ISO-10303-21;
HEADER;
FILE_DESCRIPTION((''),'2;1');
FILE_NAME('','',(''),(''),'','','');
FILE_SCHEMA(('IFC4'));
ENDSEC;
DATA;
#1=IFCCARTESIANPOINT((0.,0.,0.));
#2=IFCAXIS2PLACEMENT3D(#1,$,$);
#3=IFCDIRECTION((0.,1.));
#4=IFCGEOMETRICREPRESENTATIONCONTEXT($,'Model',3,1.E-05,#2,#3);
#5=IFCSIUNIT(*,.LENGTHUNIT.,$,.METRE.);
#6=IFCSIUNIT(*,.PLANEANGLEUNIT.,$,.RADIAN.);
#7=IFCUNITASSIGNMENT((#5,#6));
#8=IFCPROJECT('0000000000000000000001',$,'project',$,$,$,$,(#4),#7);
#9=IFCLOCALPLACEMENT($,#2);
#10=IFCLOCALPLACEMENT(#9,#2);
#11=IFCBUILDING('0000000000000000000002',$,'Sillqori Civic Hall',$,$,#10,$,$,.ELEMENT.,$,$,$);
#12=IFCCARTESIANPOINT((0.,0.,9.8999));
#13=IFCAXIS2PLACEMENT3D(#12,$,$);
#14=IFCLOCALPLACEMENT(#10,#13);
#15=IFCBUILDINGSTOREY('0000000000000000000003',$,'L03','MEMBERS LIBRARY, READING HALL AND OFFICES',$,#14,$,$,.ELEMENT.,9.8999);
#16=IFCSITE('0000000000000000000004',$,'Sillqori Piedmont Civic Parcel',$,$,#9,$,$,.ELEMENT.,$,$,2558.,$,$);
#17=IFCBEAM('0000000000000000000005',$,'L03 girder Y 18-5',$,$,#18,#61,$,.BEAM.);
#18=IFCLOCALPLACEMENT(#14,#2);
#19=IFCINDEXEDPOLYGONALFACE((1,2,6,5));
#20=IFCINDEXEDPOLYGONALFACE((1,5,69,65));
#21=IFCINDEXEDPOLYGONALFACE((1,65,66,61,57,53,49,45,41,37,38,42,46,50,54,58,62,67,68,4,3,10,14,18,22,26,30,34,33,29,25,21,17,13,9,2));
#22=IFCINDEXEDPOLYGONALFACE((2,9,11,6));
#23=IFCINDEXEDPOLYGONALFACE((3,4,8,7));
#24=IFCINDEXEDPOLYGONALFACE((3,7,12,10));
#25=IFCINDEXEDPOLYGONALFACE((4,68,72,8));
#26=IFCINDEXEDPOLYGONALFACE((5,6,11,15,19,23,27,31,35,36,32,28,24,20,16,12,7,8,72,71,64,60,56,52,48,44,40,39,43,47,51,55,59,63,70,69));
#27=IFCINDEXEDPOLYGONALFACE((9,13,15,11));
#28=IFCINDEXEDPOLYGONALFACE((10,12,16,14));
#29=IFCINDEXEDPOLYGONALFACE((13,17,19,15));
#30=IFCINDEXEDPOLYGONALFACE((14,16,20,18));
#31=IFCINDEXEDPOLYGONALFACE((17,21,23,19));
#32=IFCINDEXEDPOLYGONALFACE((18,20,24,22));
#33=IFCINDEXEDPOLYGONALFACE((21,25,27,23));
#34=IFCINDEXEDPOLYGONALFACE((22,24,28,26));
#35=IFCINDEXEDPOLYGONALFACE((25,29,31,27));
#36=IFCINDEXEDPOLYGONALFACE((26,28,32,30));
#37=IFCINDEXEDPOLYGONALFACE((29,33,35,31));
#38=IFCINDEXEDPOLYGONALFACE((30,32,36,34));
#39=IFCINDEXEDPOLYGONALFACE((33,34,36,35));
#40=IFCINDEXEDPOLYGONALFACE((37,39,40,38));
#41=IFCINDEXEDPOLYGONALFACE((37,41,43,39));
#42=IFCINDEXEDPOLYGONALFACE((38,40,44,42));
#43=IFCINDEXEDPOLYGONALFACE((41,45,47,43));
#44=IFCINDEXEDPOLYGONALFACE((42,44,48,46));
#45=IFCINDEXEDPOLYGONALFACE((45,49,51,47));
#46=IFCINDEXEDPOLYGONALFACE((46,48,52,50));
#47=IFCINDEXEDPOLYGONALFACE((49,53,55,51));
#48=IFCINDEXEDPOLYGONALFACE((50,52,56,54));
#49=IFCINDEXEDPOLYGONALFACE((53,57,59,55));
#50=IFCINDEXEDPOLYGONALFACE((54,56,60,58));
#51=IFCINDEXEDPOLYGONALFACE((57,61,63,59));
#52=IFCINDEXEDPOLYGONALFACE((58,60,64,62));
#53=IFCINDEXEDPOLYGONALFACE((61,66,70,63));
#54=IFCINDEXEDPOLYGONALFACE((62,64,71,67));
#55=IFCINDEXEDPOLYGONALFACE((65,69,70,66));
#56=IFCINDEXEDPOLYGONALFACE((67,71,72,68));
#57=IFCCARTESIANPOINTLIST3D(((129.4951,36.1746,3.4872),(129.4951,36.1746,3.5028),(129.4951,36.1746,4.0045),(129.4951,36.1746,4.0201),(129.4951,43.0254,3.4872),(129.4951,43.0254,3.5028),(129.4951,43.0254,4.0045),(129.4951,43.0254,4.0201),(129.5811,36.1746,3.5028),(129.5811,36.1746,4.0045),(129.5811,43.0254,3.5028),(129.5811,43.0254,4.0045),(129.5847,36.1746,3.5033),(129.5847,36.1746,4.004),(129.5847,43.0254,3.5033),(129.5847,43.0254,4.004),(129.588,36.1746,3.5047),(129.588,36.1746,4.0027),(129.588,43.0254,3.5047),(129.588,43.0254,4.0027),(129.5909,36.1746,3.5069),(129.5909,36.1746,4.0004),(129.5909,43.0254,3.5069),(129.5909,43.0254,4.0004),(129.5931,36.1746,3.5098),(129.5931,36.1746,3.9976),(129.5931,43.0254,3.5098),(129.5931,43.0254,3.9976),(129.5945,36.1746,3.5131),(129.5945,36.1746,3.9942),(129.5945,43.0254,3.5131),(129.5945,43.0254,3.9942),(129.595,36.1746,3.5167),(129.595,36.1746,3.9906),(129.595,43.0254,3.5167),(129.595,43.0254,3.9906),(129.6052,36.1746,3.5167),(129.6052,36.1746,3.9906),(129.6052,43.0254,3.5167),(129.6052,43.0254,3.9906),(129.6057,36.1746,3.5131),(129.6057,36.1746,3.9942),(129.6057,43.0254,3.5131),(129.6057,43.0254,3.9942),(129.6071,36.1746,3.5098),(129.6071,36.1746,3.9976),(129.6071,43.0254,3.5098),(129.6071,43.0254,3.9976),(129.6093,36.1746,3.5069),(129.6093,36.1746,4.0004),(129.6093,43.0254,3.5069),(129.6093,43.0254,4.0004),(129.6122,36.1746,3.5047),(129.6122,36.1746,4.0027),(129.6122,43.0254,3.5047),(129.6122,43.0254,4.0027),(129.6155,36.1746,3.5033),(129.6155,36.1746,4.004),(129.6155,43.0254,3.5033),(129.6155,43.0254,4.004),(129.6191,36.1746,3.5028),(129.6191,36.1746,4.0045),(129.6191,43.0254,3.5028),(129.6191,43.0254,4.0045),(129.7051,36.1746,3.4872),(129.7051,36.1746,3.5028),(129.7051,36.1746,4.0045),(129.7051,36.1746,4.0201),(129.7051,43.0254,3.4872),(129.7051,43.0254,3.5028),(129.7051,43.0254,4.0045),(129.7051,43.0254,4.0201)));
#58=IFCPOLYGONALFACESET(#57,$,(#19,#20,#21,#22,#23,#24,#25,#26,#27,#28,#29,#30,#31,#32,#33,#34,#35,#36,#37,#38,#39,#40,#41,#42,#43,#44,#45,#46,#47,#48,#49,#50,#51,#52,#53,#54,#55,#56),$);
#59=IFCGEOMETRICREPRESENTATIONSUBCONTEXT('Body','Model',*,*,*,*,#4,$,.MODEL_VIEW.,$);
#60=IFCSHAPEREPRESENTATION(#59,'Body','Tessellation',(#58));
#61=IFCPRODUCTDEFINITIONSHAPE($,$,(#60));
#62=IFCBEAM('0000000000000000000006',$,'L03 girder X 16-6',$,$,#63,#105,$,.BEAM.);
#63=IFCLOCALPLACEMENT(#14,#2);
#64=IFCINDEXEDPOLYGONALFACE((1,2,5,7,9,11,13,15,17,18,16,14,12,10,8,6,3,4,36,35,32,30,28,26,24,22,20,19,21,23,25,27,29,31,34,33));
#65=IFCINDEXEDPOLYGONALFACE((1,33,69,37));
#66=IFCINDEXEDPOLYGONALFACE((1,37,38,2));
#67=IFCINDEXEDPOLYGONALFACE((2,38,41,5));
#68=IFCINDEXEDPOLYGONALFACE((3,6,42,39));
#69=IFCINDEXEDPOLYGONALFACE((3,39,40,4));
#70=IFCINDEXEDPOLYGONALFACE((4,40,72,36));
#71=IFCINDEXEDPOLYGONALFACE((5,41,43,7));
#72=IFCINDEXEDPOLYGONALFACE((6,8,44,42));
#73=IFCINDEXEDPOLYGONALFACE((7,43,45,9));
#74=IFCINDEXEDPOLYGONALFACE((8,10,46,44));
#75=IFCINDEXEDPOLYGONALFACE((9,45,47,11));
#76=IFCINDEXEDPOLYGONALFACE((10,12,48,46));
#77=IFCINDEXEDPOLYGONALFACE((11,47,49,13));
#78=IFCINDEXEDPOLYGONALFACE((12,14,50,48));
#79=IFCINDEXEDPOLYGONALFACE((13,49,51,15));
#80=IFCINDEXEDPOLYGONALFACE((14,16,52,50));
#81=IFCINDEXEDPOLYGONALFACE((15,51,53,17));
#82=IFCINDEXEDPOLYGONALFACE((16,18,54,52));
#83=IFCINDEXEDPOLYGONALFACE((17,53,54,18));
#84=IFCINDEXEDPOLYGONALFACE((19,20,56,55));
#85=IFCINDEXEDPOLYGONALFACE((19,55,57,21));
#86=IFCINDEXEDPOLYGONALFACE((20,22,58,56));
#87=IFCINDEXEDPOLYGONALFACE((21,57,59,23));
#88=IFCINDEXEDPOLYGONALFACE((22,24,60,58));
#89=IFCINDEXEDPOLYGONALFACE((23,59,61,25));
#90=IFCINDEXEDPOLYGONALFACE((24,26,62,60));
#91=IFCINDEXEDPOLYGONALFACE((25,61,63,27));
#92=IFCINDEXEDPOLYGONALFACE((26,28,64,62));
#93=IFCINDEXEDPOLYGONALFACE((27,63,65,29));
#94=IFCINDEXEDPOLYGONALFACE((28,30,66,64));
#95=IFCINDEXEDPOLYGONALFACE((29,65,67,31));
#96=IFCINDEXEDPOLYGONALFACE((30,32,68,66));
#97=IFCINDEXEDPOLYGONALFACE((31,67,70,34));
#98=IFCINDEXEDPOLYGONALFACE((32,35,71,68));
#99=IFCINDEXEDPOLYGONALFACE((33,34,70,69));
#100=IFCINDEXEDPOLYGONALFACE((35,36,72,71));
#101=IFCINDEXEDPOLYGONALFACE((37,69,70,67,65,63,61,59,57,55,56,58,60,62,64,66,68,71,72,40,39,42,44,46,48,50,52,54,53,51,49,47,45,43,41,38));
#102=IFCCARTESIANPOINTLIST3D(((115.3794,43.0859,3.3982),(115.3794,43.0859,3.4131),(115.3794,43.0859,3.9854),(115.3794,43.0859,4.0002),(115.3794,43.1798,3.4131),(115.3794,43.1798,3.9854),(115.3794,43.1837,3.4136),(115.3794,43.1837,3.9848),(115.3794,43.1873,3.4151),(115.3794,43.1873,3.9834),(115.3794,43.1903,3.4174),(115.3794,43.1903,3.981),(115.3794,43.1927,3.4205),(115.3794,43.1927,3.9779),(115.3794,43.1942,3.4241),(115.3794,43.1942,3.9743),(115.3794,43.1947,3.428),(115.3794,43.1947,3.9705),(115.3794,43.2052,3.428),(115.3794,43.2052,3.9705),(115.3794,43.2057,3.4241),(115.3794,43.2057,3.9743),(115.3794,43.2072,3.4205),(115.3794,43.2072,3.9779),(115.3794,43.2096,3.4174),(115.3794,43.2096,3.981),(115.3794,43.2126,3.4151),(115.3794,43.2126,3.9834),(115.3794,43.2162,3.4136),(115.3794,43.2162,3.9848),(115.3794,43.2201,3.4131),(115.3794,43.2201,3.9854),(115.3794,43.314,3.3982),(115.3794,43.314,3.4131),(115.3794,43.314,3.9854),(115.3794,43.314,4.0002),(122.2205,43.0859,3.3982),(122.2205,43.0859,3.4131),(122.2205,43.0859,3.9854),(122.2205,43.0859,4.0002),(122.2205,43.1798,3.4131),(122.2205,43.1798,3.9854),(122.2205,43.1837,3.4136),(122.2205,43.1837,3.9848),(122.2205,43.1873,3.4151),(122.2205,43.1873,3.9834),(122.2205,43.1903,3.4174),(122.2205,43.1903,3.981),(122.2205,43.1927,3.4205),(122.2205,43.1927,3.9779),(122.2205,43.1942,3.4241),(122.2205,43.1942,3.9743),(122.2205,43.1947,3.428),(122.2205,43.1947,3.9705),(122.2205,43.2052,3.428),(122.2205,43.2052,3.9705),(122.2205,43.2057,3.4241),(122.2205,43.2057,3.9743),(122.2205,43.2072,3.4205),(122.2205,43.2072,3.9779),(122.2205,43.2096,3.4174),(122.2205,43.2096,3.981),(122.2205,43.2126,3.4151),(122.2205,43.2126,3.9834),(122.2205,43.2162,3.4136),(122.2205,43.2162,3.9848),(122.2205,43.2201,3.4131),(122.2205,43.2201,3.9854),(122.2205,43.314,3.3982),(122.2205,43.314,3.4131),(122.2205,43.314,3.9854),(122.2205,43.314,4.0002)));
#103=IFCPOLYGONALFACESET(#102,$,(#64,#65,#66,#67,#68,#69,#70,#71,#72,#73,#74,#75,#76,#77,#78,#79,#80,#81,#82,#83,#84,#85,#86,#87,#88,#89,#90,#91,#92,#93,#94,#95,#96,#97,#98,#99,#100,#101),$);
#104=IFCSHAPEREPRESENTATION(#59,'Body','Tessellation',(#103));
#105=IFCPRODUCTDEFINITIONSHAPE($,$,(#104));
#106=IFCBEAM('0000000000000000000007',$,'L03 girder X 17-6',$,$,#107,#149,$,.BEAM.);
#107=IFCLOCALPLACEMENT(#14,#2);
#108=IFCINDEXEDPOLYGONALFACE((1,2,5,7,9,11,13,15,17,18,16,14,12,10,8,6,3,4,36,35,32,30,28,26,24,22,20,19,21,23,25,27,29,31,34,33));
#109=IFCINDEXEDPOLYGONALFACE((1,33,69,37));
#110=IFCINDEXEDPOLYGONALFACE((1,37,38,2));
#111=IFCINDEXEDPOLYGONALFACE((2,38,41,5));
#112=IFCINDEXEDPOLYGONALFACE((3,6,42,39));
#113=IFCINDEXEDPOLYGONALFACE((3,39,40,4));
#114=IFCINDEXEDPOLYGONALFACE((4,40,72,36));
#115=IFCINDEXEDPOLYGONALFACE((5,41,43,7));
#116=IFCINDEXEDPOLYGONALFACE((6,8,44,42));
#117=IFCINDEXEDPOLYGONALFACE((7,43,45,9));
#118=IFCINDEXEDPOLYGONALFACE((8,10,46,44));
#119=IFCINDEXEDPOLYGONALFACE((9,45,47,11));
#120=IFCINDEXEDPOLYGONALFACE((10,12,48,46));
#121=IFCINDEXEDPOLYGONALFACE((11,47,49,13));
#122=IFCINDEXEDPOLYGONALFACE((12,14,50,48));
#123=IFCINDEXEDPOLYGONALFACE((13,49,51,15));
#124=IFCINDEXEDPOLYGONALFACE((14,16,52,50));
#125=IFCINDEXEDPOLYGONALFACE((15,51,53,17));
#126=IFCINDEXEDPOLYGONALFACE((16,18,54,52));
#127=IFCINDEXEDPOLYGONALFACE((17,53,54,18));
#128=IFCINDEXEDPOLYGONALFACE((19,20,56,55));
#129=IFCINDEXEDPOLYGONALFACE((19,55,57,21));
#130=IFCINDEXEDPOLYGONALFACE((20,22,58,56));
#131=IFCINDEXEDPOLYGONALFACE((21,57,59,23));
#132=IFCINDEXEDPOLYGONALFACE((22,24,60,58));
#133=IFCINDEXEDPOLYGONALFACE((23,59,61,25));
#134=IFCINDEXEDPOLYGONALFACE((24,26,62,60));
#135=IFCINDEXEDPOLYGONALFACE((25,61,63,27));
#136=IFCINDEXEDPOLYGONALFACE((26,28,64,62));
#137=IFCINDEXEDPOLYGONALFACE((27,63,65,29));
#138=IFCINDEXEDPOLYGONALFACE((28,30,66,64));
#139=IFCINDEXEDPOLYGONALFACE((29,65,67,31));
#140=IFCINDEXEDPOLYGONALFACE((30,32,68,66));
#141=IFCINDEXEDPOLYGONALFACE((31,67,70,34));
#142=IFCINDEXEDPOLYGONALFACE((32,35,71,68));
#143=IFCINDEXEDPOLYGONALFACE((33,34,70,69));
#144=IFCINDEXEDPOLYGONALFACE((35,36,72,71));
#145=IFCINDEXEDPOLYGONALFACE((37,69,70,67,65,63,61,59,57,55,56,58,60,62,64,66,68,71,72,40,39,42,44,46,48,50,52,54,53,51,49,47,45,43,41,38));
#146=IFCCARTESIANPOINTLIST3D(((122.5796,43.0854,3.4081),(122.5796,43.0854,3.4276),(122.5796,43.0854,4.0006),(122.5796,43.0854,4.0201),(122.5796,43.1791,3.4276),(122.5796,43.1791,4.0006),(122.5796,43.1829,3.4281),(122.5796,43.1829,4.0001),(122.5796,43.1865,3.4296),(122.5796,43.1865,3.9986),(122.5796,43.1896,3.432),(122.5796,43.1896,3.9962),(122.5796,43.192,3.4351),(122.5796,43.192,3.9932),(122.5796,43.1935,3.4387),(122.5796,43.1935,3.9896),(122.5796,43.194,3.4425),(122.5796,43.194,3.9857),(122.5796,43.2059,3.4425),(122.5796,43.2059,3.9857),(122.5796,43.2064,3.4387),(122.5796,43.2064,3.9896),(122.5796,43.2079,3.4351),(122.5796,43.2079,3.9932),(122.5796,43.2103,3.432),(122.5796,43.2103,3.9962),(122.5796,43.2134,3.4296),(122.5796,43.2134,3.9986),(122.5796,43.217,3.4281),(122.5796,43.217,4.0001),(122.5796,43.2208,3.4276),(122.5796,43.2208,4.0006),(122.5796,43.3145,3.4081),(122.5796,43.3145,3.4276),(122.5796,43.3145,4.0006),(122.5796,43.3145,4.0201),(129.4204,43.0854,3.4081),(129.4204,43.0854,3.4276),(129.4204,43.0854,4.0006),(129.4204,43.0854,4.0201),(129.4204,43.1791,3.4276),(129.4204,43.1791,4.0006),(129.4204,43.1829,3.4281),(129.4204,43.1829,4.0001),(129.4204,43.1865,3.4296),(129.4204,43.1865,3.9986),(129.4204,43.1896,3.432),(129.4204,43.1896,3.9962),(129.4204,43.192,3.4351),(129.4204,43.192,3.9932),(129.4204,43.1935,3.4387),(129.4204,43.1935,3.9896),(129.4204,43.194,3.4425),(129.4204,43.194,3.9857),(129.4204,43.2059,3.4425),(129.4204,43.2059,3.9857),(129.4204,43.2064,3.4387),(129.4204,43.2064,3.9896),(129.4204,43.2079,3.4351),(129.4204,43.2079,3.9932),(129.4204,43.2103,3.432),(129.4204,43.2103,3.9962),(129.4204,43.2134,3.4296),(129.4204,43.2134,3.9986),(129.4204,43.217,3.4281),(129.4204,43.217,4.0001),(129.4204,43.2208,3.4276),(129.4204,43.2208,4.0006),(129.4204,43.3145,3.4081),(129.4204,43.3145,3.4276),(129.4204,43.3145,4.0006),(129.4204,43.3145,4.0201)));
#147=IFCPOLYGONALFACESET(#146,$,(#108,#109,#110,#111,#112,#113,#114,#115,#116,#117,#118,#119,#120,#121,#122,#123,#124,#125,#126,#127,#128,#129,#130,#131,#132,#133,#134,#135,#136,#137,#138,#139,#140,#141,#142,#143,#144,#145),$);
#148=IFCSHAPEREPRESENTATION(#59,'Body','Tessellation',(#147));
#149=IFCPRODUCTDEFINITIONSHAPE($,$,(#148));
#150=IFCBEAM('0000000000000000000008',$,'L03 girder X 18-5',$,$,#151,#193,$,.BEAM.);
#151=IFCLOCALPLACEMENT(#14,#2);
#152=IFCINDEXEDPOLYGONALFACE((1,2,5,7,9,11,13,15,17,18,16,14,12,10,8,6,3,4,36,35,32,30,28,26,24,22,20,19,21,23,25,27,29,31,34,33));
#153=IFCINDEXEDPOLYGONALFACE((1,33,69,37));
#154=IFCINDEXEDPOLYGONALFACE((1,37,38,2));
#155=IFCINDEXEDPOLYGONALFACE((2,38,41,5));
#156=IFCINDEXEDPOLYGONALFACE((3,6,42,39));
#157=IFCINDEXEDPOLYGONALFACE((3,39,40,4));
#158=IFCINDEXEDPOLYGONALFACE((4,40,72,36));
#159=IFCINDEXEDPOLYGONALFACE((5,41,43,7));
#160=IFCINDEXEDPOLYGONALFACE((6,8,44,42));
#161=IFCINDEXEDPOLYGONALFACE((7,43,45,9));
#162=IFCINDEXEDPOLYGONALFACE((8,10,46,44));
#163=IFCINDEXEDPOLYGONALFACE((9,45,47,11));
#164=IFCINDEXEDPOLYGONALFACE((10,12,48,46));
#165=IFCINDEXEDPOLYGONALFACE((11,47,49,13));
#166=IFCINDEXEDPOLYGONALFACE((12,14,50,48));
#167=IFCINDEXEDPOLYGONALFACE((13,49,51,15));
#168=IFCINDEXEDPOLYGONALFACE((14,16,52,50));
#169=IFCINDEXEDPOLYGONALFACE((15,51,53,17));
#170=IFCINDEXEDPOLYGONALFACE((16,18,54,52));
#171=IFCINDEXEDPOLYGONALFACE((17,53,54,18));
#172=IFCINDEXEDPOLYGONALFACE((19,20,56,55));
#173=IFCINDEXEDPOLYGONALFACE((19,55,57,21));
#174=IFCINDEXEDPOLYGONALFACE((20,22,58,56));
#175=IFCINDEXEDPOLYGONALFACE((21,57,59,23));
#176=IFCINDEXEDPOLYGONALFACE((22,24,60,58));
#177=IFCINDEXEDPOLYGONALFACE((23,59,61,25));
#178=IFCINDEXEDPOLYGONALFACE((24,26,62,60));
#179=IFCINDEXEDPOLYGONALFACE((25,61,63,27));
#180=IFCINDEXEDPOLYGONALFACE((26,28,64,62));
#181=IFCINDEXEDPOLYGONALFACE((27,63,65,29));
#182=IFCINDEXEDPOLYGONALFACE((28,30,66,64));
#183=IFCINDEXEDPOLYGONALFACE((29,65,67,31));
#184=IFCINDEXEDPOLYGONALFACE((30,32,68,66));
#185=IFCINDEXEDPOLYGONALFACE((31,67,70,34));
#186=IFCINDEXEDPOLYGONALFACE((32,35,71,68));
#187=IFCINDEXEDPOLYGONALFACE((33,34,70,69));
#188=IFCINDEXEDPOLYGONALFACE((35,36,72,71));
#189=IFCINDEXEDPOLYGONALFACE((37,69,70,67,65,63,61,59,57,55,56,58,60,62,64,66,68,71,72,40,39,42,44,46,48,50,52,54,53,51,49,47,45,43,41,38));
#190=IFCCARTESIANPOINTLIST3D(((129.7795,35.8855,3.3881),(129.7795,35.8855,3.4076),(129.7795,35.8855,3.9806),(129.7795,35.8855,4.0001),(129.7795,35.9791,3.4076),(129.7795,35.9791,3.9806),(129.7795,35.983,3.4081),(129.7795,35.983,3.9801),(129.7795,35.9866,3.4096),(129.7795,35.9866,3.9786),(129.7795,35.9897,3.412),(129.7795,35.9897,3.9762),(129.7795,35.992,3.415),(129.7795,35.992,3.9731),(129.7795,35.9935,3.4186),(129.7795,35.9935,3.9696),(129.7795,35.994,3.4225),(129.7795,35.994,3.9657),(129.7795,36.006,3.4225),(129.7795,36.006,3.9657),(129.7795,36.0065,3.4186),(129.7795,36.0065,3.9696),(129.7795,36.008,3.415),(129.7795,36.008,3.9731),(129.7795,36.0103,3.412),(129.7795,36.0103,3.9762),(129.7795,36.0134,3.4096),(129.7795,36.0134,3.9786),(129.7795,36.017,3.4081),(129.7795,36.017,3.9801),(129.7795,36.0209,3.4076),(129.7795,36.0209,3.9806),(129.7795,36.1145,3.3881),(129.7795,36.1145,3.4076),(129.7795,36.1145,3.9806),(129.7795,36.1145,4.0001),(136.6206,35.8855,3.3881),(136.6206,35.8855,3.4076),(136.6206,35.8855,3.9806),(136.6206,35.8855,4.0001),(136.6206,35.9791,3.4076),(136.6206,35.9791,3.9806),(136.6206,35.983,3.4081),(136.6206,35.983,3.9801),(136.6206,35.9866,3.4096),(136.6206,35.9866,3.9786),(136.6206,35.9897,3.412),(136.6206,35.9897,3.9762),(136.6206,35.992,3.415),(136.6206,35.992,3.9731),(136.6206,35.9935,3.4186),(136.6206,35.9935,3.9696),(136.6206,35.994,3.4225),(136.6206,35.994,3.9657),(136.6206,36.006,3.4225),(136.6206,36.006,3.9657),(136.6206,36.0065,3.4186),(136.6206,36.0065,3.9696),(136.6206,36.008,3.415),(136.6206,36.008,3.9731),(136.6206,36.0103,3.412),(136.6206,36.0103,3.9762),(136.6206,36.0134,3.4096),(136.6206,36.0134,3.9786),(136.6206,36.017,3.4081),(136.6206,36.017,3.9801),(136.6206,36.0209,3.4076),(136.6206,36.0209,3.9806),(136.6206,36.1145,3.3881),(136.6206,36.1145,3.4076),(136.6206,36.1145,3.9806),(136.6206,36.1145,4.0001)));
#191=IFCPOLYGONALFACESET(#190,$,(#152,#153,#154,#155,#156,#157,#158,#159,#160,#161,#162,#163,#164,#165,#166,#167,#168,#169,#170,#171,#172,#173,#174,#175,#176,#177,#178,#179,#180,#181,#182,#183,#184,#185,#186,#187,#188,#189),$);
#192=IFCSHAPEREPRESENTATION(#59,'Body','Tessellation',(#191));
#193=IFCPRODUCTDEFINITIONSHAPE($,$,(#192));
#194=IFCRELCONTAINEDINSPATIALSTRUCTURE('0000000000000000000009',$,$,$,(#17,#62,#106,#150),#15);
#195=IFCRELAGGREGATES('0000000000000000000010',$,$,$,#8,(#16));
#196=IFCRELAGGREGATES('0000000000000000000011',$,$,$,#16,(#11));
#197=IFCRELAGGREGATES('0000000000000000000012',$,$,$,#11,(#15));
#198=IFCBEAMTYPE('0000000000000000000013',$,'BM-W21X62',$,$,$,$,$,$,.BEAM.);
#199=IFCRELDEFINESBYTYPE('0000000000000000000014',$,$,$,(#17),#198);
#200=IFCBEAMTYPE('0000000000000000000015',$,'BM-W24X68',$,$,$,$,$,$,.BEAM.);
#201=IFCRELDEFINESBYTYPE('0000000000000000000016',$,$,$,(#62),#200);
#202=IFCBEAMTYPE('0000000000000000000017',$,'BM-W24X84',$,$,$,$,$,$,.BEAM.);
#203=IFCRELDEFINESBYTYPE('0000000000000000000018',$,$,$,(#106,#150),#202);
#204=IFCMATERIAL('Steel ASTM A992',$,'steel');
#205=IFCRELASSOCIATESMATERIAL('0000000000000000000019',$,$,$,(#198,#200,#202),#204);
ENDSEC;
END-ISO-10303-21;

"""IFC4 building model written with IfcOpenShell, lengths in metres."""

from ifc_helpers import new_model, si_unit, direction, frame, origin, origin_2d, place, context, subcontext, project, spatial, i_section, extrude, material, material_profile, profile_set, type_object, element, save


model = new_model("IFC4")

# Units and contexts
model_context = context("Model", 3, precision=1e-05, world=origin(), true_north=direction((0.0, 1.0)))
body_context = subcontext(model_context, "Body", "Model", "MODEL_VIEW")
ifc_project = project(units=[si_unit("LENGTHUNIT", "METRE"), si_unit("PLANEANGLEUNIT", "RADIAN")], contexts=[model_context])

# Site, building, storey
site_placement = place(None, origin())
site = spatial("IfcSite", under=ifc_project, at=site_placement, Name="Sillqori Piedmont Civic Parcel", CompositionType="ELEMENT", RefElevation=2558.0)
building_placement = place(site_placement, origin())
building = spatial("IfcBuilding", under=site, at=building_placement, Name="Sillqori Civic Hall", CompositionType="ELEMENT")
storey_placement = place(building_placement, frame((0.0, 0.0, 9.8999)))
storey = spatial("IfcBuildingStorey", under=building, at=storey_placement, Name="L03", Description="MEMBERS LIBRARY, READING HALL AND OFFICES", CompositionType="ELEMENT", Elevation=9.8999)

# Shared definitions
ifc_material_1 = material(Name="Steel ASTM A992", Category="steel")

# Beams
ifc_material_profile_1 = material_profile(ifc_material_1, i_section(OverallWidth=0.21, OverallDepth=0.533, WebThickness=0.0103, FlangeThickness=0.0156, FilletRadius=0.0139, at=origin_2d()), Name="W21X62")
ifc_profile_set_1 = profile_set([ifc_material_profile_1], Name="Steel ASTM A992")
beam_type_1 = type_object("IfcBeamType", Name="BM-W21X62", PredefinedType="BEAM", material=ifc_profile_set_1)
for number, where, z_axis, x_axis, name in (
    (1, (129.6001, 36.1746, 3.7537), (0.0, 1.0, 0.0), (-1.0, 0.0, 0.0), "L03 girder Y 18-5"),
):
    element("IfcBeam", number, at=place(storey_placement, frame(where, z_axis=z_axis, x_axis=x_axis)), inside=storey, type_object=beam_type_1, Name=name, PredefinedType="BEAM", context=body_context, shape_type="SweptSolid", body=[
        extrude(i_section(OverallWidth=0.21, OverallDepth=0.533, WebThickness=0.0103, FlangeThickness=0.0156, FilletRadius=0.0139, at=origin_2d()), origin(), (0.0, 0.0, 1.0), 6.8508),
    ])
ifc_material_profile_2 = material_profile(ifc_material_1, i_section(OverallWidth=0.228, OverallDepth=0.6021, WebThickness=0.0105, FlangeThickness=0.0149, FilletRadius=0.0149, at=origin_2d()), Name="W24X68")
ifc_profile_set_2 = profile_set([ifc_material_profile_2], Name="Steel ASTM A992")
beam_type_2 = type_object("IfcBeamType", Name="BM-W24X68", PredefinedType="BEAM", material=ifc_profile_set_2)
beam_1_placement = place(storey_placement, frame((115.3794, 43.2, 3.6992), z_axis=(1.0, 0.0, 0.0), x_axis=(0.0, 1.0, 0.0)))
element("IfcBeam", 2, at=beam_1_placement, inside=storey, type_object=beam_type_2, Name="L03 girder X 16-6", PredefinedType="BEAM", context=body_context, shape_type="SweptSolid", body=[
    extrude(i_section(OverallWidth=0.228, OverallDepth=0.6021, WebThickness=0.0105, FlangeThickness=0.0149, FilletRadius=0.0149, at=origin_2d()), origin(), (0.0, 0.0, 1.0), 6.8411),
])
ifc_material_profile_3 = material_profile(ifc_material_1, i_section(OverallWidth=0.229, OverallDepth=0.6121, WebThickness=0.012, FlangeThickness=0.0195, FilletRadius=0.0149, at=origin_2d()), Name="W24X84")
ifc_profile_set_3 = profile_set([ifc_material_profile_3], Name="Steel ASTM A992")
beam_type_3 = type_object("IfcBeamType", Name="BM-W24X84", PredefinedType="BEAM", material=ifc_profile_set_3)
beam_2_placement = place(storey_placement, frame((122.5796, 43.2, 3.7141), z_axis=(1.0, 0.0, 0.0), x_axis=(0.0, 1.0, 0.0)))
element("IfcBeam", 3, at=beam_2_placement, inside=storey, type_object=beam_type_3, Name="L03 girder X 17-6", PredefinedType="BEAM", context=body_context, shape_type="SweptSolid", body=[
    extrude(i_section(OverallWidth=0.229, OverallDepth=0.6121, WebThickness=0.012, FlangeThickness=0.0195, FilletRadius=0.0149, at=origin_2d()), origin(), (0.0, 0.0, 1.0), 6.8408),
])
for number, where, z_axis, x_axis, name in (
    (4, (129.7795, 36.0, 3.6941), (1.0, 0.0, 0.0), (0.0, 1.0, 0.0), "L03 girder X 18-5"),
):
    element("IfcBeam", number, at=place(storey_placement, frame(where, z_axis=z_axis, x_axis=x_axis)), inside=storey, type_object=beam_type_3, Name=name, PredefinedType="BEAM", context=body_context, shape_type="SweptSolid", body=[
        extrude(i_section(OverallWidth=0.229, OverallDepth=0.6121, WebThickness=0.012, FlangeThickness=0.0195, FilletRadius=0.0149, at=origin_2d()), origin(), (0.0, 0.0, 1.0), 6.8411),
    ])

save(model, "model.ifc")
